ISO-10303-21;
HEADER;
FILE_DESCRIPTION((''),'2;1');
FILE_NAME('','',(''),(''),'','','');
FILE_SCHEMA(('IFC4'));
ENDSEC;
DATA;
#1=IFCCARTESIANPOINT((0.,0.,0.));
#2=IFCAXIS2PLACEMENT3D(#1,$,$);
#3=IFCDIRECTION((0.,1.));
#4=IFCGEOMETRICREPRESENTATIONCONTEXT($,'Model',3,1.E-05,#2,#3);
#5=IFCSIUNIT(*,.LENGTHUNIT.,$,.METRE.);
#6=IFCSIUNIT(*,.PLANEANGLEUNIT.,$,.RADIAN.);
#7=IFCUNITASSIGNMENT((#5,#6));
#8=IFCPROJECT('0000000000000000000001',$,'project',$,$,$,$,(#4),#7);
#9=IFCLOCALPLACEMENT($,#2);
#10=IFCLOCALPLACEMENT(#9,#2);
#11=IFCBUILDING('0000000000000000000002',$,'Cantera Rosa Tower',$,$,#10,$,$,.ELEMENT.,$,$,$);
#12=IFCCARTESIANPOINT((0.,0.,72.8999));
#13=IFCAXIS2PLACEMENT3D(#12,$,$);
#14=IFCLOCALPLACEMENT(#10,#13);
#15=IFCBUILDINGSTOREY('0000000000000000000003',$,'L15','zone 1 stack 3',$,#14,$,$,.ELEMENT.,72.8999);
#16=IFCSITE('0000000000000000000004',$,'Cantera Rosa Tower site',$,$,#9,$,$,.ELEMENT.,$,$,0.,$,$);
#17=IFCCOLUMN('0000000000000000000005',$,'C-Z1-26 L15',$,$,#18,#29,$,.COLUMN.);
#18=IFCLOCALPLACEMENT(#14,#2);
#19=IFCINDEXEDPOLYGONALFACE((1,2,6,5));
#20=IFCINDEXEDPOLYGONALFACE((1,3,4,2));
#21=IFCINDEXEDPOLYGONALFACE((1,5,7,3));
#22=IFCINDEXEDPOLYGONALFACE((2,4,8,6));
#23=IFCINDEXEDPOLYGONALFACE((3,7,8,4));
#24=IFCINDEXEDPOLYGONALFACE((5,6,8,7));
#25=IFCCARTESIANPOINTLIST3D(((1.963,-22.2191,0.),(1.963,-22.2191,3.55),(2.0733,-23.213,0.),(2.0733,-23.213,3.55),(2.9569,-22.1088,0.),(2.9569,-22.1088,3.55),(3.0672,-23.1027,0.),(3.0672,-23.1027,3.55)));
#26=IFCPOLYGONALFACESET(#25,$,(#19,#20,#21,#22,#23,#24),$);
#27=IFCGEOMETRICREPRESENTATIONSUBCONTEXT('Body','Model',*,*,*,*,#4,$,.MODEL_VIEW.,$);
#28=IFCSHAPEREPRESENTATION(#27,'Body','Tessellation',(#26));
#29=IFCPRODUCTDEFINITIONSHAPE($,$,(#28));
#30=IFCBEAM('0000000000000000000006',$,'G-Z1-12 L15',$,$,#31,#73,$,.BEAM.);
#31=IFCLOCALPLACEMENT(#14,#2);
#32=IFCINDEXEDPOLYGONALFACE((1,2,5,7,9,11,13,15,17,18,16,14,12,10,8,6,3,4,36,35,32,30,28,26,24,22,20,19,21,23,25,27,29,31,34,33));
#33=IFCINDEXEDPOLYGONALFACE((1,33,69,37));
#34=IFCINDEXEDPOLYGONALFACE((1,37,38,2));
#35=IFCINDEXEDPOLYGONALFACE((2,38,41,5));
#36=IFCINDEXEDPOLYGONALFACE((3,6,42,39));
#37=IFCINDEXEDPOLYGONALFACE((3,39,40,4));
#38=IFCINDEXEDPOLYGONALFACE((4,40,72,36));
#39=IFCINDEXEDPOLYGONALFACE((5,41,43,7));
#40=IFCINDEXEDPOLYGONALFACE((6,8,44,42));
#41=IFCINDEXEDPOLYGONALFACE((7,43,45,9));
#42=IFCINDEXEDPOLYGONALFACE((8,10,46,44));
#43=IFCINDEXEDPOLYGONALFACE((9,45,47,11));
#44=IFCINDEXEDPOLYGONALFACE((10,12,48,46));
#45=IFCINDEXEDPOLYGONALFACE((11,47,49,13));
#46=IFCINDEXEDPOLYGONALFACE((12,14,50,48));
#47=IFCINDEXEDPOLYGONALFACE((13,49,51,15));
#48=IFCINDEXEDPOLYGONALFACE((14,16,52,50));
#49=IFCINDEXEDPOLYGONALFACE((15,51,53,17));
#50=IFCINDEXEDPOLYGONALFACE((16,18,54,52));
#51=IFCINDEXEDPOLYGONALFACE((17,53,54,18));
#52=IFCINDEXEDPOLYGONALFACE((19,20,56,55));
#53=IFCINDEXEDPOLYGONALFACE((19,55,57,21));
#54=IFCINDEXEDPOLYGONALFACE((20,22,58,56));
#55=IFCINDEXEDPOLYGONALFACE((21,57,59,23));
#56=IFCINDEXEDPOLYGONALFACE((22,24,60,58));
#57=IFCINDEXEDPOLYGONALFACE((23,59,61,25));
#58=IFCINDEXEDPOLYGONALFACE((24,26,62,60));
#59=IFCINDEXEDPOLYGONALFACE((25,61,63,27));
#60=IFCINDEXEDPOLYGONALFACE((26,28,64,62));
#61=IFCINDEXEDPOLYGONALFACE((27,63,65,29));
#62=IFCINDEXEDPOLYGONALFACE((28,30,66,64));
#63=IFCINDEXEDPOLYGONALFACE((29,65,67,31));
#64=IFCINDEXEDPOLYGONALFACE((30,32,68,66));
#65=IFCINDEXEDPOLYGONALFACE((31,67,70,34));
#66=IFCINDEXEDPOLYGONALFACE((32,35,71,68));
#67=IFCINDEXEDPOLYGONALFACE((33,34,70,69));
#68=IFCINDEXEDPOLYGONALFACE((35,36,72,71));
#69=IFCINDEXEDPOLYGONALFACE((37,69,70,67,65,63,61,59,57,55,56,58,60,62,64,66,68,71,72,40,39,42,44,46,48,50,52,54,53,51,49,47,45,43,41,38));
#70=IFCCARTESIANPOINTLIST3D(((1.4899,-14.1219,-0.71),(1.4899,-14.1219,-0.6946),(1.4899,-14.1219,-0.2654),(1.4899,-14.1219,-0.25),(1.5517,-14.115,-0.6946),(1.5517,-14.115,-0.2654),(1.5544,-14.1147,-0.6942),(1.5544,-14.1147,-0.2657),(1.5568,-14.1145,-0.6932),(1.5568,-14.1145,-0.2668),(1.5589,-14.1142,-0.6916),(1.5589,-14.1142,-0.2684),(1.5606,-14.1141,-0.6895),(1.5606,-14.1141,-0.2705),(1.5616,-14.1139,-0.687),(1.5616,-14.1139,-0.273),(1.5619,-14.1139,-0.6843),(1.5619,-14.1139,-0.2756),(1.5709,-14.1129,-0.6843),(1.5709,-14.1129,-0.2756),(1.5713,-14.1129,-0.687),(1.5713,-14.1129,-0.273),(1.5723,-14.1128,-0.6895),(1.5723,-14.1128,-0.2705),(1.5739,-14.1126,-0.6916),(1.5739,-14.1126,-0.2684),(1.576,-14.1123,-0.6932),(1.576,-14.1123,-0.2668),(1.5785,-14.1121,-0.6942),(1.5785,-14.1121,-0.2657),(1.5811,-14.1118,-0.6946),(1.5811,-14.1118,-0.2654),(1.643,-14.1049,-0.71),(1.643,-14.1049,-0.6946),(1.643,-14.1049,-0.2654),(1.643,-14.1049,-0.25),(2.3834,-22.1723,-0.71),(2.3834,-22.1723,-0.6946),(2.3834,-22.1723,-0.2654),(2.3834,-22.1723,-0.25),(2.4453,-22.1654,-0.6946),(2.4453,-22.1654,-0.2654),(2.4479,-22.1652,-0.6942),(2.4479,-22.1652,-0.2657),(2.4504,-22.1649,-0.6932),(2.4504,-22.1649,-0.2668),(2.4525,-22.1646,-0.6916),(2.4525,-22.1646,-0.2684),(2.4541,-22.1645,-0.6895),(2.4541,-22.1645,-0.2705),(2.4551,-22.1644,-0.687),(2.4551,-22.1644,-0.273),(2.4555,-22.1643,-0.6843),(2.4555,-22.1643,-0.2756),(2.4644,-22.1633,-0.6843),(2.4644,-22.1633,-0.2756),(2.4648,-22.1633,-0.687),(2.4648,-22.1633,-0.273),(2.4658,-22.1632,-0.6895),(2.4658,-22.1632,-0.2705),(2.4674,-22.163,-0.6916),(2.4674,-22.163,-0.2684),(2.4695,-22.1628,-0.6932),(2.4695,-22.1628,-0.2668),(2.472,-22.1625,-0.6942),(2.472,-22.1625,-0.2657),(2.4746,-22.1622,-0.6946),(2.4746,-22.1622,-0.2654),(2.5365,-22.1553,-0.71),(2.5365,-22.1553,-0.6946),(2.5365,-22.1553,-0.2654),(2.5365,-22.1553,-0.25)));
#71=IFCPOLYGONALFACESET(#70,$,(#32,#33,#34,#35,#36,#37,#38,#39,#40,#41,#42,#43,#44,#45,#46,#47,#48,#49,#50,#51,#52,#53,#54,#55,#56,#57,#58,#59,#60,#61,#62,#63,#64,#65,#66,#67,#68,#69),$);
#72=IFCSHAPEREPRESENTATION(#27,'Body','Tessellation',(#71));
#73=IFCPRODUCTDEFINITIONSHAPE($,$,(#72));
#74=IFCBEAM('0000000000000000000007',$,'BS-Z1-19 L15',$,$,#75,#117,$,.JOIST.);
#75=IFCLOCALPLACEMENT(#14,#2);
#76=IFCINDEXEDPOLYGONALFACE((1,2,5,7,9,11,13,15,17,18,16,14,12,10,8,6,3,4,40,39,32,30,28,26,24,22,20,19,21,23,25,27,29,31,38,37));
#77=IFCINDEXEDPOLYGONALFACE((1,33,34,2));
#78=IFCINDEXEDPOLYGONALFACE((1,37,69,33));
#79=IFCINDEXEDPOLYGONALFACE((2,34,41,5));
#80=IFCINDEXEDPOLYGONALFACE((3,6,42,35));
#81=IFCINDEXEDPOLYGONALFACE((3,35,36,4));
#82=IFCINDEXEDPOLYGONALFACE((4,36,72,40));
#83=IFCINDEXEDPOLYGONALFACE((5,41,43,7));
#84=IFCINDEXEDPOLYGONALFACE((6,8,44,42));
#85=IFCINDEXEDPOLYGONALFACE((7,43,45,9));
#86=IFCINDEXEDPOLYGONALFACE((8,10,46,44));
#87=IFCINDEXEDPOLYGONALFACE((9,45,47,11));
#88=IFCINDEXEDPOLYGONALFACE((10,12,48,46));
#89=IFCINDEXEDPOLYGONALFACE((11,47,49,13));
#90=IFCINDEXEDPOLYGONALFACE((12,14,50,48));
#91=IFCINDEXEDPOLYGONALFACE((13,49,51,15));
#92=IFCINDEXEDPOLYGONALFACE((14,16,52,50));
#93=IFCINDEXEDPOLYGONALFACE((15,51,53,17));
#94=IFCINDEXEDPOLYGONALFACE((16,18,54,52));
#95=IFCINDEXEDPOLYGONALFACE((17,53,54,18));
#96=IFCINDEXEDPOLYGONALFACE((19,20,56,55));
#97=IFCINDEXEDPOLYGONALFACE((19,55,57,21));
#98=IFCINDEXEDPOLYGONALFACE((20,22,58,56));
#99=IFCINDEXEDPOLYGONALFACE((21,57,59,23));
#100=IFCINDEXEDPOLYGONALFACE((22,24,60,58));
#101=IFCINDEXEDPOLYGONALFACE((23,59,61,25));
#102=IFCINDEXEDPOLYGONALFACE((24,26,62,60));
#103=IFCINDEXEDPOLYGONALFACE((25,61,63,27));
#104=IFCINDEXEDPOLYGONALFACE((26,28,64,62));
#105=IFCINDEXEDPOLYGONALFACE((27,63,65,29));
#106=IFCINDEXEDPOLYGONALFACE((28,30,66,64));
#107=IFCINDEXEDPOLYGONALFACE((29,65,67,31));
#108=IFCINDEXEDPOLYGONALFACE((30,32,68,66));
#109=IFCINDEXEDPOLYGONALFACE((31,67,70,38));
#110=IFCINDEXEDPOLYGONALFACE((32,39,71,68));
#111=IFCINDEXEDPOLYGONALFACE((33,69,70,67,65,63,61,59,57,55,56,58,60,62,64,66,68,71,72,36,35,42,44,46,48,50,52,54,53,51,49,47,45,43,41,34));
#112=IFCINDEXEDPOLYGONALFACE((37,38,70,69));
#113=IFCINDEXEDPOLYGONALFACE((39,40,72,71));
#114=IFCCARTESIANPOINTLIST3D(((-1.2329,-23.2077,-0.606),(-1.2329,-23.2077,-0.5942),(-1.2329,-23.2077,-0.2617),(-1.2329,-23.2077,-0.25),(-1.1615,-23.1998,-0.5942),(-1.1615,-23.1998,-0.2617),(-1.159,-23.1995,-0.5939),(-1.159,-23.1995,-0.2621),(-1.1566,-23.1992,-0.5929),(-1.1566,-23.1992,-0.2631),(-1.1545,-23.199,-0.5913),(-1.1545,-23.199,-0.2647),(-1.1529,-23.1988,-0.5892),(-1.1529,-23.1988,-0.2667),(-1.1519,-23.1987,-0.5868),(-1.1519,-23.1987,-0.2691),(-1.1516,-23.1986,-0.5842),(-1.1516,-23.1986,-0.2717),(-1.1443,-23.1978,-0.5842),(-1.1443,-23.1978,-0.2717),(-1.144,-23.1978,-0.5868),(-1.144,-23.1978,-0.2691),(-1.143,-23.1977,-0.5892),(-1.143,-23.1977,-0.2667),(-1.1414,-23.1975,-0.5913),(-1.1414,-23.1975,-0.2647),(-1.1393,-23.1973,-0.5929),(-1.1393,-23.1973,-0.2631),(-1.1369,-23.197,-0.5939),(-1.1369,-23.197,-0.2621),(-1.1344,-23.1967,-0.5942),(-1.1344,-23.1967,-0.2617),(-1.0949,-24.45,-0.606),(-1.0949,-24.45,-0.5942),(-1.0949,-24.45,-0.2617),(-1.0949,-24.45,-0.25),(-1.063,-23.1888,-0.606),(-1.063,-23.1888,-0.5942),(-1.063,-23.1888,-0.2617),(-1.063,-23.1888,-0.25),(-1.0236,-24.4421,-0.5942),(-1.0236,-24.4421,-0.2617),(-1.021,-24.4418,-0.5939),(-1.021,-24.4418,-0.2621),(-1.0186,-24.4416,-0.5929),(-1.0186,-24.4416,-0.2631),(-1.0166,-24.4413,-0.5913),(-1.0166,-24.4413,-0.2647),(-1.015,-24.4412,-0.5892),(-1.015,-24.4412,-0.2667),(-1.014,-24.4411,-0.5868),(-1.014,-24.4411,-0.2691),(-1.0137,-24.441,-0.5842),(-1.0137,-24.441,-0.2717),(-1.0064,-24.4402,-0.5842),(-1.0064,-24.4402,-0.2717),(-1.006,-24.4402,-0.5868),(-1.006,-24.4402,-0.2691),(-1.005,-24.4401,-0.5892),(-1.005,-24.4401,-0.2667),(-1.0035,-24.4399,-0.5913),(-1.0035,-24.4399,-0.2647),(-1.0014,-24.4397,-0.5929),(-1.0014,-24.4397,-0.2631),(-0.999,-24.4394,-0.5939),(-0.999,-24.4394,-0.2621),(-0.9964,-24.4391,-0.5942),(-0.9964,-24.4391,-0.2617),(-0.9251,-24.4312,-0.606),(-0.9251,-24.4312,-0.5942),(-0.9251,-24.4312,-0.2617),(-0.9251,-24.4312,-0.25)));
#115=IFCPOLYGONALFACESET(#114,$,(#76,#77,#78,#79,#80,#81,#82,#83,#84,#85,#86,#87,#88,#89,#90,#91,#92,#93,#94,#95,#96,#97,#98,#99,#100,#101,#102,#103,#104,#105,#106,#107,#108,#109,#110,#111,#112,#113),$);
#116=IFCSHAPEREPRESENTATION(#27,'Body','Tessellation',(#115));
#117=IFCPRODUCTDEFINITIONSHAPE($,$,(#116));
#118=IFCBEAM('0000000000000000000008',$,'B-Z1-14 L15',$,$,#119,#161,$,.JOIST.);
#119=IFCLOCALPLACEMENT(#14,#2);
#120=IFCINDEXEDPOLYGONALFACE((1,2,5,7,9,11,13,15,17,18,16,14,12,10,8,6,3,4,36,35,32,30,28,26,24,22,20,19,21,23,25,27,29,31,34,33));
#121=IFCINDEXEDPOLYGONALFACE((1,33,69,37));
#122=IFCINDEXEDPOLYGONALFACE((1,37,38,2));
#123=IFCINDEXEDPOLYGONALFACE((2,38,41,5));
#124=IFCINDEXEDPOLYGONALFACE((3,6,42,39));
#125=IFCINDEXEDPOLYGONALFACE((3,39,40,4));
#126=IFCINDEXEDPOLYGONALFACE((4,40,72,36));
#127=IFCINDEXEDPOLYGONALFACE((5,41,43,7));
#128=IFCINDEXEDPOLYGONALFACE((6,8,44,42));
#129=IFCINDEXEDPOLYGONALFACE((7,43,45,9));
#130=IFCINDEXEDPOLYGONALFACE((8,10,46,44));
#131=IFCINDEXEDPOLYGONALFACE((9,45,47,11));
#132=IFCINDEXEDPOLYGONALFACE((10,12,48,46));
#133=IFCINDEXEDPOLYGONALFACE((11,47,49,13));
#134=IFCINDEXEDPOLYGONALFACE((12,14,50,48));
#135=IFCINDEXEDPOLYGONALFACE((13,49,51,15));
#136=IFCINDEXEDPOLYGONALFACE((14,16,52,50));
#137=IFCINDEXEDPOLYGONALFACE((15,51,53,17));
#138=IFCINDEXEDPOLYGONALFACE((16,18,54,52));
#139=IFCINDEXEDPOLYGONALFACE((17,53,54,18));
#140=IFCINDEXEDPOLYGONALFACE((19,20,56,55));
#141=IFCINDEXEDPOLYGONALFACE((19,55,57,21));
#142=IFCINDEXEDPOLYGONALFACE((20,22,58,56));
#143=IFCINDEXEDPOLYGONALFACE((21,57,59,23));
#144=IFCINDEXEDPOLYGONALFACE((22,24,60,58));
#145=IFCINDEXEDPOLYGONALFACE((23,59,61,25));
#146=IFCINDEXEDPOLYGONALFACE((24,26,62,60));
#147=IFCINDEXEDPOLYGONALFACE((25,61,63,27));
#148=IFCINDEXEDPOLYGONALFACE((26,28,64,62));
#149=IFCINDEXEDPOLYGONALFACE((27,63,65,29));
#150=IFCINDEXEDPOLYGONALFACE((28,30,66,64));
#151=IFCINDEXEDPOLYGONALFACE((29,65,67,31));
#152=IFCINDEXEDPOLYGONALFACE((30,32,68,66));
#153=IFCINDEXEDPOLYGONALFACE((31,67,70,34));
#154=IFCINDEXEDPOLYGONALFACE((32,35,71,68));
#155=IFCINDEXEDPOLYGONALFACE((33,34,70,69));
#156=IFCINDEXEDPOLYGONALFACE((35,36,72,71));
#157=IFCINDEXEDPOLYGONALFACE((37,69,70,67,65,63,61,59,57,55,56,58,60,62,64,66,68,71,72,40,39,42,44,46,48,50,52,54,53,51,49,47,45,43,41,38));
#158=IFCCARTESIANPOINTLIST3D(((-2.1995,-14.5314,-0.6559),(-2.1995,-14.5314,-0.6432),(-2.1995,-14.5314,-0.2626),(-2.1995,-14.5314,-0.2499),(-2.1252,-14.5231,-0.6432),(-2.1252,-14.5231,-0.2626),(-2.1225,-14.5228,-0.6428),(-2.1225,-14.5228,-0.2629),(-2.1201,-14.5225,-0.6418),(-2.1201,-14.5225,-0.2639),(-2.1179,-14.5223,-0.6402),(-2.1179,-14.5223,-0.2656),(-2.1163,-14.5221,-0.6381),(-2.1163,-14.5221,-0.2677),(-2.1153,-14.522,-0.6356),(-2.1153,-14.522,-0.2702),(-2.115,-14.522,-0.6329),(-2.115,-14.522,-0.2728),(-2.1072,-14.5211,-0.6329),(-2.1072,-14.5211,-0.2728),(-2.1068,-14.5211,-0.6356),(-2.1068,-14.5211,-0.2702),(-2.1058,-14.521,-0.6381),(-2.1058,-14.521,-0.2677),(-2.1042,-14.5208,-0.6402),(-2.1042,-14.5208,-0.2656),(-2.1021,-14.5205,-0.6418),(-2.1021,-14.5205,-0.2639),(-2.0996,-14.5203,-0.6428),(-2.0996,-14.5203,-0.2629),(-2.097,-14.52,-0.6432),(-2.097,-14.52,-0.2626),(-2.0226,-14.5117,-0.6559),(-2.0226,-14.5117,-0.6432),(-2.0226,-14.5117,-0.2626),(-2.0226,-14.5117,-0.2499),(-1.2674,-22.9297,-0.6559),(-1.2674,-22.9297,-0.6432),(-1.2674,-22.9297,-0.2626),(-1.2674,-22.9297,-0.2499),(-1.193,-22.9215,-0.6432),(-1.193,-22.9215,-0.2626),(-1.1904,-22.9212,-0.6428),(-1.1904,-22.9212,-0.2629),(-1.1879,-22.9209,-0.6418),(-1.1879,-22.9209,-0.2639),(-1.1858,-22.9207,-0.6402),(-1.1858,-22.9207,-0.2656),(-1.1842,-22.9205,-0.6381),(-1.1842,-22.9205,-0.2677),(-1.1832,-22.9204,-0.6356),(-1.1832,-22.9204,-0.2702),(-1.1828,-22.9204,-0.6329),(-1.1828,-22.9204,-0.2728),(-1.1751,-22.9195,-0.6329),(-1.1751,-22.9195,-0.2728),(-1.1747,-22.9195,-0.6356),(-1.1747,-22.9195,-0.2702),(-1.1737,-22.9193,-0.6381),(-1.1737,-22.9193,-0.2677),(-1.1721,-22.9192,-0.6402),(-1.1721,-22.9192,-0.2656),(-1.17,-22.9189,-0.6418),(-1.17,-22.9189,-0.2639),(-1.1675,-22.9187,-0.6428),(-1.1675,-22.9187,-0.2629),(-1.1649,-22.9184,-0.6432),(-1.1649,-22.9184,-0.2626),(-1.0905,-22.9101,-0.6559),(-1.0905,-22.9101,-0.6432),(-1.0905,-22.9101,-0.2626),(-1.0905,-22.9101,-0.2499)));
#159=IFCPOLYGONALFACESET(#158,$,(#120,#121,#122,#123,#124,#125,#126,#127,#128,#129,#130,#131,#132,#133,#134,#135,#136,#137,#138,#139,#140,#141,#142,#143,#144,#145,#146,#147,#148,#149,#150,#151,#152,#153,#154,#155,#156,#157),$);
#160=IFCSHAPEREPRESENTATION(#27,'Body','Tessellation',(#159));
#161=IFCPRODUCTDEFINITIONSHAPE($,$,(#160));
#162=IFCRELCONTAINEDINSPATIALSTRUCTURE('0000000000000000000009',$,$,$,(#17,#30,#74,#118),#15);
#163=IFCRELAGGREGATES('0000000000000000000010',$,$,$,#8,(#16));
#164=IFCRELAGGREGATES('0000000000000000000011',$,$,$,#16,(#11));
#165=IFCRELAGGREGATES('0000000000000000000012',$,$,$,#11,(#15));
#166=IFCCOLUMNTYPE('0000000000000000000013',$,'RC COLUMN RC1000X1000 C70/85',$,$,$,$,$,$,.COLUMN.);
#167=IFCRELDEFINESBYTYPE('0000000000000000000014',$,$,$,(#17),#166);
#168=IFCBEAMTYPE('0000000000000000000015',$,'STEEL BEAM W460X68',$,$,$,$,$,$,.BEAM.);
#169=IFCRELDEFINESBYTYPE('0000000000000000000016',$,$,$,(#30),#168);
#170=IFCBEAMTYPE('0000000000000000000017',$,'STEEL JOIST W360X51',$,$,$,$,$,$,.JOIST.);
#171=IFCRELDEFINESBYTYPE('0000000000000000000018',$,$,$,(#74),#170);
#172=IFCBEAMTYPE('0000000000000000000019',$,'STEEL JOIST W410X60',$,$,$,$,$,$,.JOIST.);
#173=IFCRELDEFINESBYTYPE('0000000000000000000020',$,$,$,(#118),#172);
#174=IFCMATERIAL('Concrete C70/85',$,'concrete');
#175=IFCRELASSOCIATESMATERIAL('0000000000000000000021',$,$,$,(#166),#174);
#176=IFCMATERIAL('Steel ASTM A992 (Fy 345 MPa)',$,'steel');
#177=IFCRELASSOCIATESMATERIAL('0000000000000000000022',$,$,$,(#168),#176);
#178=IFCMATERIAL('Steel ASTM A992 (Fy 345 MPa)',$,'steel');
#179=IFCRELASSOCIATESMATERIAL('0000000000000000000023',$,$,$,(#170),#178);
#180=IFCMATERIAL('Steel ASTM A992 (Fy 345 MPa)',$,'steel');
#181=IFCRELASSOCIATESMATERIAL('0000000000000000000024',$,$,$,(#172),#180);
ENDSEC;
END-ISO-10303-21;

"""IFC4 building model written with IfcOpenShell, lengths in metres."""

from ifc_helpers import new_model, si_unit, direction, frame, origin, origin_2d, place, context, subcontext, project, spatial, rectangle, i_section, extrude, material, material_profile, profile_set, type_object, element, save


model = new_model("IFC4")

# Units and contexts
model_context = context("Model", 3, precision=1e-05, world=origin(), true_north=direction((0.0, 1.0)))
body_context = subcontext(model_context, "Body", "Model", "MODEL_VIEW")
ifc_project = project(units=[si_unit("LENGTHUNIT", "METRE"), si_unit("PLANEANGLEUNIT", "RADIAN")], contexts=[model_context])

# Site, building, storey
site_placement = place(None, origin())
site = spatial("IfcSite", under=ifc_project, at=site_placement, Name="Cantera Rosa Tower site", CompositionType="ELEMENT", RefElevation=0.0)
building_placement = place(site_placement, origin())
building = spatial("IfcBuilding", under=site, at=building_placement, Name="Cantera Rosa Tower", CompositionType="ELEMENT")
storey_placement = place(building_placement, frame((0.0, 0.0, 72.8999)))
storey = spatial("IfcBuildingStorey", under=building, at=storey_placement, Name="L15", Description="zone 1 stack 3", CompositionType="ELEMENT", Elevation=72.8999)

# Column
ifc_material_1 = material(Name="Concrete C70/85", Category="concrete")
ifc_material_profile_1 = material_profile(ifc_material_1, rectangle(XDim=1.0, YDim=1.0, at=origin_2d()), Name="RC COLUMN RC1000X1000 C70/85")
ifc_profile_set_1 = profile_set([ifc_material_profile_1], Name="Concrete C70/85")
column_type = type_object("IfcColumnType", Name="RC COLUMN RC1000X1000 C70/85", PredefinedType="COLUMN", material=ifc_profile_set_1)
column_placement = place(storey_placement, frame((2.5151, -22.6609, 0.0), z_axis=(0.0, 0.0, 1.0), x_axis=(0.993897, 0.110313, 0.0)))
element("IfcColumn", 1, at=column_placement, inside=storey, type_object=column_type, Name="C-Z1-26 L15", PredefinedType="COLUMN", context=body_context, shape_type="SweptSolid", body=[
    extrude(rectangle(XDim=1.0, YDim=1.0, at=origin_2d()), origin(), (0.0, 0.0, 1.0), 3.55),
])

# Beams
ifc_material_2 = material(Name="Steel ASTM A992 (Fy 345 MPa)", Category="steel")
ifc_material_profile_2 = material_profile(ifc_material_2, i_section(OverallWidth=0.1541, OverallDepth=0.46, WebThickness=0.009, FlangeThickness=0.0154, FilletRadius=0.0103, at=origin_2d()), Name="W460X68")
ifc_profile_set_2 = profile_set([ifc_material_profile_2], Name="Steel ASTM A992 (Fy 345 MPa)")
beam_type_1 = type_object("IfcBeamType", Name="STEEL BEAM W460X68", PredefinedType="BEAM", material=ifc_profile_set_2)
beam_1_placement = place(storey_placement, frame((2.46, -22.1638, -0.48), z_axis=(-0.110316, 0.993897, 0.0), x_axis=(-0.993897, -0.110316, 0.0)))
element("IfcBeam", 2, at=beam_1_placement, inside=storey, type_object=beam_type_1, Name="G-Z1-12 L15", PredefinedType="BEAM", context=body_context, shape_type="SweptSolid", body=[
    extrude(i_section(OverallWidth=0.1541, OverallDepth=0.46, WebThickness=0.009, FlangeThickness=0.0154, FilletRadius=0.0103, at=origin_2d()), origin(), (0.0, 0.0, 1.0), 8.0999),
])
ifc_material_3 = material(Name="Steel ASTM A992 (Fy 345 MPa)", Category="steel")
ifc_material_profile_3 = material_profile(ifc_material_3, i_section(OverallWidth=0.1709, OverallDepth=0.356, WebThickness=0.0073, FlangeThickness=0.0117, FilletRadius=0.01, at=origin_2d()), Name="W360X51")
ifc_profile_set_3 = profile_set([ifc_material_profile_3], Name="Steel ASTM A992 (Fy 345 MPa)")
beam_type_2 = type_object("IfcBeamType", Name="STEEL JOIST W360X51", PredefinedType="JOIST", material=ifc_profile_set_3)
beam_2_placement = place(storey_placement, frame((-1.1479, -23.1982, -0.428), z_axis=(0.110346, -0.993893, 0.0), x_axis=(0.993893, 0.110346, 0.0)))
element("IfcBeam", 3, at=beam_2_placement, inside=storey, type_object=beam_type_2, Name="BS-Z1-19 L15", PredefinedType="JOIST", context=body_context, shape_type="SweptSolid", body=[
    extrude(i_section(OverallWidth=0.1709, OverallDepth=0.356, WebThickness=0.0073, FlangeThickness=0.0117, FilletRadius=0.01, at=origin_2d()), origin(), (0.0, 0.0, 1.0), 1.25),
])
ifc_material_4 = material(Name="Steel ASTM A992 (Fy 345 MPa)", Category="steel")
ifc_material_profile_4 = material_profile(ifc_material_4, i_section(OverallWidth=0.178, OverallDepth=0.406, WebThickness=0.0078, FlangeThickness=0.0127, FilletRadius=0.0103, at=origin_2d()), Name="W410X60")
ifc_profile_set_4 = profile_set([ifc_material_profile_4], Name="Steel ASTM A992 (Fy 345 MPa)")
beam_type_3 = type_object("IfcBeamType", Name="STEEL JOIST W410X60", PredefinedType="JOIST", material=ifc_profile_set_4)
beam_3_placement = place(storey_placement, frame((-1.179, -22.9199, -0.4529), z_axis=(-0.110311, 0.993897, 0.0), x_axis=(-0.993897, -0.110311, 0.0)))
element("IfcBeam", 4, at=beam_3_placement, inside=storey, type_object=beam_type_3, Name="B-Z1-14 L15", PredefinedType="JOIST", context=body_context, shape_type="SweptSolid", body=[
    extrude(i_section(OverallWidth=0.178, OverallDepth=0.406, WebThickness=0.0078, FlangeThickness=0.0127, FilletRadius=0.0103, at=origin_2d()), origin(), (0.0, 0.0, 1.0), 8.45),
])

save(model, "model.ifc")
